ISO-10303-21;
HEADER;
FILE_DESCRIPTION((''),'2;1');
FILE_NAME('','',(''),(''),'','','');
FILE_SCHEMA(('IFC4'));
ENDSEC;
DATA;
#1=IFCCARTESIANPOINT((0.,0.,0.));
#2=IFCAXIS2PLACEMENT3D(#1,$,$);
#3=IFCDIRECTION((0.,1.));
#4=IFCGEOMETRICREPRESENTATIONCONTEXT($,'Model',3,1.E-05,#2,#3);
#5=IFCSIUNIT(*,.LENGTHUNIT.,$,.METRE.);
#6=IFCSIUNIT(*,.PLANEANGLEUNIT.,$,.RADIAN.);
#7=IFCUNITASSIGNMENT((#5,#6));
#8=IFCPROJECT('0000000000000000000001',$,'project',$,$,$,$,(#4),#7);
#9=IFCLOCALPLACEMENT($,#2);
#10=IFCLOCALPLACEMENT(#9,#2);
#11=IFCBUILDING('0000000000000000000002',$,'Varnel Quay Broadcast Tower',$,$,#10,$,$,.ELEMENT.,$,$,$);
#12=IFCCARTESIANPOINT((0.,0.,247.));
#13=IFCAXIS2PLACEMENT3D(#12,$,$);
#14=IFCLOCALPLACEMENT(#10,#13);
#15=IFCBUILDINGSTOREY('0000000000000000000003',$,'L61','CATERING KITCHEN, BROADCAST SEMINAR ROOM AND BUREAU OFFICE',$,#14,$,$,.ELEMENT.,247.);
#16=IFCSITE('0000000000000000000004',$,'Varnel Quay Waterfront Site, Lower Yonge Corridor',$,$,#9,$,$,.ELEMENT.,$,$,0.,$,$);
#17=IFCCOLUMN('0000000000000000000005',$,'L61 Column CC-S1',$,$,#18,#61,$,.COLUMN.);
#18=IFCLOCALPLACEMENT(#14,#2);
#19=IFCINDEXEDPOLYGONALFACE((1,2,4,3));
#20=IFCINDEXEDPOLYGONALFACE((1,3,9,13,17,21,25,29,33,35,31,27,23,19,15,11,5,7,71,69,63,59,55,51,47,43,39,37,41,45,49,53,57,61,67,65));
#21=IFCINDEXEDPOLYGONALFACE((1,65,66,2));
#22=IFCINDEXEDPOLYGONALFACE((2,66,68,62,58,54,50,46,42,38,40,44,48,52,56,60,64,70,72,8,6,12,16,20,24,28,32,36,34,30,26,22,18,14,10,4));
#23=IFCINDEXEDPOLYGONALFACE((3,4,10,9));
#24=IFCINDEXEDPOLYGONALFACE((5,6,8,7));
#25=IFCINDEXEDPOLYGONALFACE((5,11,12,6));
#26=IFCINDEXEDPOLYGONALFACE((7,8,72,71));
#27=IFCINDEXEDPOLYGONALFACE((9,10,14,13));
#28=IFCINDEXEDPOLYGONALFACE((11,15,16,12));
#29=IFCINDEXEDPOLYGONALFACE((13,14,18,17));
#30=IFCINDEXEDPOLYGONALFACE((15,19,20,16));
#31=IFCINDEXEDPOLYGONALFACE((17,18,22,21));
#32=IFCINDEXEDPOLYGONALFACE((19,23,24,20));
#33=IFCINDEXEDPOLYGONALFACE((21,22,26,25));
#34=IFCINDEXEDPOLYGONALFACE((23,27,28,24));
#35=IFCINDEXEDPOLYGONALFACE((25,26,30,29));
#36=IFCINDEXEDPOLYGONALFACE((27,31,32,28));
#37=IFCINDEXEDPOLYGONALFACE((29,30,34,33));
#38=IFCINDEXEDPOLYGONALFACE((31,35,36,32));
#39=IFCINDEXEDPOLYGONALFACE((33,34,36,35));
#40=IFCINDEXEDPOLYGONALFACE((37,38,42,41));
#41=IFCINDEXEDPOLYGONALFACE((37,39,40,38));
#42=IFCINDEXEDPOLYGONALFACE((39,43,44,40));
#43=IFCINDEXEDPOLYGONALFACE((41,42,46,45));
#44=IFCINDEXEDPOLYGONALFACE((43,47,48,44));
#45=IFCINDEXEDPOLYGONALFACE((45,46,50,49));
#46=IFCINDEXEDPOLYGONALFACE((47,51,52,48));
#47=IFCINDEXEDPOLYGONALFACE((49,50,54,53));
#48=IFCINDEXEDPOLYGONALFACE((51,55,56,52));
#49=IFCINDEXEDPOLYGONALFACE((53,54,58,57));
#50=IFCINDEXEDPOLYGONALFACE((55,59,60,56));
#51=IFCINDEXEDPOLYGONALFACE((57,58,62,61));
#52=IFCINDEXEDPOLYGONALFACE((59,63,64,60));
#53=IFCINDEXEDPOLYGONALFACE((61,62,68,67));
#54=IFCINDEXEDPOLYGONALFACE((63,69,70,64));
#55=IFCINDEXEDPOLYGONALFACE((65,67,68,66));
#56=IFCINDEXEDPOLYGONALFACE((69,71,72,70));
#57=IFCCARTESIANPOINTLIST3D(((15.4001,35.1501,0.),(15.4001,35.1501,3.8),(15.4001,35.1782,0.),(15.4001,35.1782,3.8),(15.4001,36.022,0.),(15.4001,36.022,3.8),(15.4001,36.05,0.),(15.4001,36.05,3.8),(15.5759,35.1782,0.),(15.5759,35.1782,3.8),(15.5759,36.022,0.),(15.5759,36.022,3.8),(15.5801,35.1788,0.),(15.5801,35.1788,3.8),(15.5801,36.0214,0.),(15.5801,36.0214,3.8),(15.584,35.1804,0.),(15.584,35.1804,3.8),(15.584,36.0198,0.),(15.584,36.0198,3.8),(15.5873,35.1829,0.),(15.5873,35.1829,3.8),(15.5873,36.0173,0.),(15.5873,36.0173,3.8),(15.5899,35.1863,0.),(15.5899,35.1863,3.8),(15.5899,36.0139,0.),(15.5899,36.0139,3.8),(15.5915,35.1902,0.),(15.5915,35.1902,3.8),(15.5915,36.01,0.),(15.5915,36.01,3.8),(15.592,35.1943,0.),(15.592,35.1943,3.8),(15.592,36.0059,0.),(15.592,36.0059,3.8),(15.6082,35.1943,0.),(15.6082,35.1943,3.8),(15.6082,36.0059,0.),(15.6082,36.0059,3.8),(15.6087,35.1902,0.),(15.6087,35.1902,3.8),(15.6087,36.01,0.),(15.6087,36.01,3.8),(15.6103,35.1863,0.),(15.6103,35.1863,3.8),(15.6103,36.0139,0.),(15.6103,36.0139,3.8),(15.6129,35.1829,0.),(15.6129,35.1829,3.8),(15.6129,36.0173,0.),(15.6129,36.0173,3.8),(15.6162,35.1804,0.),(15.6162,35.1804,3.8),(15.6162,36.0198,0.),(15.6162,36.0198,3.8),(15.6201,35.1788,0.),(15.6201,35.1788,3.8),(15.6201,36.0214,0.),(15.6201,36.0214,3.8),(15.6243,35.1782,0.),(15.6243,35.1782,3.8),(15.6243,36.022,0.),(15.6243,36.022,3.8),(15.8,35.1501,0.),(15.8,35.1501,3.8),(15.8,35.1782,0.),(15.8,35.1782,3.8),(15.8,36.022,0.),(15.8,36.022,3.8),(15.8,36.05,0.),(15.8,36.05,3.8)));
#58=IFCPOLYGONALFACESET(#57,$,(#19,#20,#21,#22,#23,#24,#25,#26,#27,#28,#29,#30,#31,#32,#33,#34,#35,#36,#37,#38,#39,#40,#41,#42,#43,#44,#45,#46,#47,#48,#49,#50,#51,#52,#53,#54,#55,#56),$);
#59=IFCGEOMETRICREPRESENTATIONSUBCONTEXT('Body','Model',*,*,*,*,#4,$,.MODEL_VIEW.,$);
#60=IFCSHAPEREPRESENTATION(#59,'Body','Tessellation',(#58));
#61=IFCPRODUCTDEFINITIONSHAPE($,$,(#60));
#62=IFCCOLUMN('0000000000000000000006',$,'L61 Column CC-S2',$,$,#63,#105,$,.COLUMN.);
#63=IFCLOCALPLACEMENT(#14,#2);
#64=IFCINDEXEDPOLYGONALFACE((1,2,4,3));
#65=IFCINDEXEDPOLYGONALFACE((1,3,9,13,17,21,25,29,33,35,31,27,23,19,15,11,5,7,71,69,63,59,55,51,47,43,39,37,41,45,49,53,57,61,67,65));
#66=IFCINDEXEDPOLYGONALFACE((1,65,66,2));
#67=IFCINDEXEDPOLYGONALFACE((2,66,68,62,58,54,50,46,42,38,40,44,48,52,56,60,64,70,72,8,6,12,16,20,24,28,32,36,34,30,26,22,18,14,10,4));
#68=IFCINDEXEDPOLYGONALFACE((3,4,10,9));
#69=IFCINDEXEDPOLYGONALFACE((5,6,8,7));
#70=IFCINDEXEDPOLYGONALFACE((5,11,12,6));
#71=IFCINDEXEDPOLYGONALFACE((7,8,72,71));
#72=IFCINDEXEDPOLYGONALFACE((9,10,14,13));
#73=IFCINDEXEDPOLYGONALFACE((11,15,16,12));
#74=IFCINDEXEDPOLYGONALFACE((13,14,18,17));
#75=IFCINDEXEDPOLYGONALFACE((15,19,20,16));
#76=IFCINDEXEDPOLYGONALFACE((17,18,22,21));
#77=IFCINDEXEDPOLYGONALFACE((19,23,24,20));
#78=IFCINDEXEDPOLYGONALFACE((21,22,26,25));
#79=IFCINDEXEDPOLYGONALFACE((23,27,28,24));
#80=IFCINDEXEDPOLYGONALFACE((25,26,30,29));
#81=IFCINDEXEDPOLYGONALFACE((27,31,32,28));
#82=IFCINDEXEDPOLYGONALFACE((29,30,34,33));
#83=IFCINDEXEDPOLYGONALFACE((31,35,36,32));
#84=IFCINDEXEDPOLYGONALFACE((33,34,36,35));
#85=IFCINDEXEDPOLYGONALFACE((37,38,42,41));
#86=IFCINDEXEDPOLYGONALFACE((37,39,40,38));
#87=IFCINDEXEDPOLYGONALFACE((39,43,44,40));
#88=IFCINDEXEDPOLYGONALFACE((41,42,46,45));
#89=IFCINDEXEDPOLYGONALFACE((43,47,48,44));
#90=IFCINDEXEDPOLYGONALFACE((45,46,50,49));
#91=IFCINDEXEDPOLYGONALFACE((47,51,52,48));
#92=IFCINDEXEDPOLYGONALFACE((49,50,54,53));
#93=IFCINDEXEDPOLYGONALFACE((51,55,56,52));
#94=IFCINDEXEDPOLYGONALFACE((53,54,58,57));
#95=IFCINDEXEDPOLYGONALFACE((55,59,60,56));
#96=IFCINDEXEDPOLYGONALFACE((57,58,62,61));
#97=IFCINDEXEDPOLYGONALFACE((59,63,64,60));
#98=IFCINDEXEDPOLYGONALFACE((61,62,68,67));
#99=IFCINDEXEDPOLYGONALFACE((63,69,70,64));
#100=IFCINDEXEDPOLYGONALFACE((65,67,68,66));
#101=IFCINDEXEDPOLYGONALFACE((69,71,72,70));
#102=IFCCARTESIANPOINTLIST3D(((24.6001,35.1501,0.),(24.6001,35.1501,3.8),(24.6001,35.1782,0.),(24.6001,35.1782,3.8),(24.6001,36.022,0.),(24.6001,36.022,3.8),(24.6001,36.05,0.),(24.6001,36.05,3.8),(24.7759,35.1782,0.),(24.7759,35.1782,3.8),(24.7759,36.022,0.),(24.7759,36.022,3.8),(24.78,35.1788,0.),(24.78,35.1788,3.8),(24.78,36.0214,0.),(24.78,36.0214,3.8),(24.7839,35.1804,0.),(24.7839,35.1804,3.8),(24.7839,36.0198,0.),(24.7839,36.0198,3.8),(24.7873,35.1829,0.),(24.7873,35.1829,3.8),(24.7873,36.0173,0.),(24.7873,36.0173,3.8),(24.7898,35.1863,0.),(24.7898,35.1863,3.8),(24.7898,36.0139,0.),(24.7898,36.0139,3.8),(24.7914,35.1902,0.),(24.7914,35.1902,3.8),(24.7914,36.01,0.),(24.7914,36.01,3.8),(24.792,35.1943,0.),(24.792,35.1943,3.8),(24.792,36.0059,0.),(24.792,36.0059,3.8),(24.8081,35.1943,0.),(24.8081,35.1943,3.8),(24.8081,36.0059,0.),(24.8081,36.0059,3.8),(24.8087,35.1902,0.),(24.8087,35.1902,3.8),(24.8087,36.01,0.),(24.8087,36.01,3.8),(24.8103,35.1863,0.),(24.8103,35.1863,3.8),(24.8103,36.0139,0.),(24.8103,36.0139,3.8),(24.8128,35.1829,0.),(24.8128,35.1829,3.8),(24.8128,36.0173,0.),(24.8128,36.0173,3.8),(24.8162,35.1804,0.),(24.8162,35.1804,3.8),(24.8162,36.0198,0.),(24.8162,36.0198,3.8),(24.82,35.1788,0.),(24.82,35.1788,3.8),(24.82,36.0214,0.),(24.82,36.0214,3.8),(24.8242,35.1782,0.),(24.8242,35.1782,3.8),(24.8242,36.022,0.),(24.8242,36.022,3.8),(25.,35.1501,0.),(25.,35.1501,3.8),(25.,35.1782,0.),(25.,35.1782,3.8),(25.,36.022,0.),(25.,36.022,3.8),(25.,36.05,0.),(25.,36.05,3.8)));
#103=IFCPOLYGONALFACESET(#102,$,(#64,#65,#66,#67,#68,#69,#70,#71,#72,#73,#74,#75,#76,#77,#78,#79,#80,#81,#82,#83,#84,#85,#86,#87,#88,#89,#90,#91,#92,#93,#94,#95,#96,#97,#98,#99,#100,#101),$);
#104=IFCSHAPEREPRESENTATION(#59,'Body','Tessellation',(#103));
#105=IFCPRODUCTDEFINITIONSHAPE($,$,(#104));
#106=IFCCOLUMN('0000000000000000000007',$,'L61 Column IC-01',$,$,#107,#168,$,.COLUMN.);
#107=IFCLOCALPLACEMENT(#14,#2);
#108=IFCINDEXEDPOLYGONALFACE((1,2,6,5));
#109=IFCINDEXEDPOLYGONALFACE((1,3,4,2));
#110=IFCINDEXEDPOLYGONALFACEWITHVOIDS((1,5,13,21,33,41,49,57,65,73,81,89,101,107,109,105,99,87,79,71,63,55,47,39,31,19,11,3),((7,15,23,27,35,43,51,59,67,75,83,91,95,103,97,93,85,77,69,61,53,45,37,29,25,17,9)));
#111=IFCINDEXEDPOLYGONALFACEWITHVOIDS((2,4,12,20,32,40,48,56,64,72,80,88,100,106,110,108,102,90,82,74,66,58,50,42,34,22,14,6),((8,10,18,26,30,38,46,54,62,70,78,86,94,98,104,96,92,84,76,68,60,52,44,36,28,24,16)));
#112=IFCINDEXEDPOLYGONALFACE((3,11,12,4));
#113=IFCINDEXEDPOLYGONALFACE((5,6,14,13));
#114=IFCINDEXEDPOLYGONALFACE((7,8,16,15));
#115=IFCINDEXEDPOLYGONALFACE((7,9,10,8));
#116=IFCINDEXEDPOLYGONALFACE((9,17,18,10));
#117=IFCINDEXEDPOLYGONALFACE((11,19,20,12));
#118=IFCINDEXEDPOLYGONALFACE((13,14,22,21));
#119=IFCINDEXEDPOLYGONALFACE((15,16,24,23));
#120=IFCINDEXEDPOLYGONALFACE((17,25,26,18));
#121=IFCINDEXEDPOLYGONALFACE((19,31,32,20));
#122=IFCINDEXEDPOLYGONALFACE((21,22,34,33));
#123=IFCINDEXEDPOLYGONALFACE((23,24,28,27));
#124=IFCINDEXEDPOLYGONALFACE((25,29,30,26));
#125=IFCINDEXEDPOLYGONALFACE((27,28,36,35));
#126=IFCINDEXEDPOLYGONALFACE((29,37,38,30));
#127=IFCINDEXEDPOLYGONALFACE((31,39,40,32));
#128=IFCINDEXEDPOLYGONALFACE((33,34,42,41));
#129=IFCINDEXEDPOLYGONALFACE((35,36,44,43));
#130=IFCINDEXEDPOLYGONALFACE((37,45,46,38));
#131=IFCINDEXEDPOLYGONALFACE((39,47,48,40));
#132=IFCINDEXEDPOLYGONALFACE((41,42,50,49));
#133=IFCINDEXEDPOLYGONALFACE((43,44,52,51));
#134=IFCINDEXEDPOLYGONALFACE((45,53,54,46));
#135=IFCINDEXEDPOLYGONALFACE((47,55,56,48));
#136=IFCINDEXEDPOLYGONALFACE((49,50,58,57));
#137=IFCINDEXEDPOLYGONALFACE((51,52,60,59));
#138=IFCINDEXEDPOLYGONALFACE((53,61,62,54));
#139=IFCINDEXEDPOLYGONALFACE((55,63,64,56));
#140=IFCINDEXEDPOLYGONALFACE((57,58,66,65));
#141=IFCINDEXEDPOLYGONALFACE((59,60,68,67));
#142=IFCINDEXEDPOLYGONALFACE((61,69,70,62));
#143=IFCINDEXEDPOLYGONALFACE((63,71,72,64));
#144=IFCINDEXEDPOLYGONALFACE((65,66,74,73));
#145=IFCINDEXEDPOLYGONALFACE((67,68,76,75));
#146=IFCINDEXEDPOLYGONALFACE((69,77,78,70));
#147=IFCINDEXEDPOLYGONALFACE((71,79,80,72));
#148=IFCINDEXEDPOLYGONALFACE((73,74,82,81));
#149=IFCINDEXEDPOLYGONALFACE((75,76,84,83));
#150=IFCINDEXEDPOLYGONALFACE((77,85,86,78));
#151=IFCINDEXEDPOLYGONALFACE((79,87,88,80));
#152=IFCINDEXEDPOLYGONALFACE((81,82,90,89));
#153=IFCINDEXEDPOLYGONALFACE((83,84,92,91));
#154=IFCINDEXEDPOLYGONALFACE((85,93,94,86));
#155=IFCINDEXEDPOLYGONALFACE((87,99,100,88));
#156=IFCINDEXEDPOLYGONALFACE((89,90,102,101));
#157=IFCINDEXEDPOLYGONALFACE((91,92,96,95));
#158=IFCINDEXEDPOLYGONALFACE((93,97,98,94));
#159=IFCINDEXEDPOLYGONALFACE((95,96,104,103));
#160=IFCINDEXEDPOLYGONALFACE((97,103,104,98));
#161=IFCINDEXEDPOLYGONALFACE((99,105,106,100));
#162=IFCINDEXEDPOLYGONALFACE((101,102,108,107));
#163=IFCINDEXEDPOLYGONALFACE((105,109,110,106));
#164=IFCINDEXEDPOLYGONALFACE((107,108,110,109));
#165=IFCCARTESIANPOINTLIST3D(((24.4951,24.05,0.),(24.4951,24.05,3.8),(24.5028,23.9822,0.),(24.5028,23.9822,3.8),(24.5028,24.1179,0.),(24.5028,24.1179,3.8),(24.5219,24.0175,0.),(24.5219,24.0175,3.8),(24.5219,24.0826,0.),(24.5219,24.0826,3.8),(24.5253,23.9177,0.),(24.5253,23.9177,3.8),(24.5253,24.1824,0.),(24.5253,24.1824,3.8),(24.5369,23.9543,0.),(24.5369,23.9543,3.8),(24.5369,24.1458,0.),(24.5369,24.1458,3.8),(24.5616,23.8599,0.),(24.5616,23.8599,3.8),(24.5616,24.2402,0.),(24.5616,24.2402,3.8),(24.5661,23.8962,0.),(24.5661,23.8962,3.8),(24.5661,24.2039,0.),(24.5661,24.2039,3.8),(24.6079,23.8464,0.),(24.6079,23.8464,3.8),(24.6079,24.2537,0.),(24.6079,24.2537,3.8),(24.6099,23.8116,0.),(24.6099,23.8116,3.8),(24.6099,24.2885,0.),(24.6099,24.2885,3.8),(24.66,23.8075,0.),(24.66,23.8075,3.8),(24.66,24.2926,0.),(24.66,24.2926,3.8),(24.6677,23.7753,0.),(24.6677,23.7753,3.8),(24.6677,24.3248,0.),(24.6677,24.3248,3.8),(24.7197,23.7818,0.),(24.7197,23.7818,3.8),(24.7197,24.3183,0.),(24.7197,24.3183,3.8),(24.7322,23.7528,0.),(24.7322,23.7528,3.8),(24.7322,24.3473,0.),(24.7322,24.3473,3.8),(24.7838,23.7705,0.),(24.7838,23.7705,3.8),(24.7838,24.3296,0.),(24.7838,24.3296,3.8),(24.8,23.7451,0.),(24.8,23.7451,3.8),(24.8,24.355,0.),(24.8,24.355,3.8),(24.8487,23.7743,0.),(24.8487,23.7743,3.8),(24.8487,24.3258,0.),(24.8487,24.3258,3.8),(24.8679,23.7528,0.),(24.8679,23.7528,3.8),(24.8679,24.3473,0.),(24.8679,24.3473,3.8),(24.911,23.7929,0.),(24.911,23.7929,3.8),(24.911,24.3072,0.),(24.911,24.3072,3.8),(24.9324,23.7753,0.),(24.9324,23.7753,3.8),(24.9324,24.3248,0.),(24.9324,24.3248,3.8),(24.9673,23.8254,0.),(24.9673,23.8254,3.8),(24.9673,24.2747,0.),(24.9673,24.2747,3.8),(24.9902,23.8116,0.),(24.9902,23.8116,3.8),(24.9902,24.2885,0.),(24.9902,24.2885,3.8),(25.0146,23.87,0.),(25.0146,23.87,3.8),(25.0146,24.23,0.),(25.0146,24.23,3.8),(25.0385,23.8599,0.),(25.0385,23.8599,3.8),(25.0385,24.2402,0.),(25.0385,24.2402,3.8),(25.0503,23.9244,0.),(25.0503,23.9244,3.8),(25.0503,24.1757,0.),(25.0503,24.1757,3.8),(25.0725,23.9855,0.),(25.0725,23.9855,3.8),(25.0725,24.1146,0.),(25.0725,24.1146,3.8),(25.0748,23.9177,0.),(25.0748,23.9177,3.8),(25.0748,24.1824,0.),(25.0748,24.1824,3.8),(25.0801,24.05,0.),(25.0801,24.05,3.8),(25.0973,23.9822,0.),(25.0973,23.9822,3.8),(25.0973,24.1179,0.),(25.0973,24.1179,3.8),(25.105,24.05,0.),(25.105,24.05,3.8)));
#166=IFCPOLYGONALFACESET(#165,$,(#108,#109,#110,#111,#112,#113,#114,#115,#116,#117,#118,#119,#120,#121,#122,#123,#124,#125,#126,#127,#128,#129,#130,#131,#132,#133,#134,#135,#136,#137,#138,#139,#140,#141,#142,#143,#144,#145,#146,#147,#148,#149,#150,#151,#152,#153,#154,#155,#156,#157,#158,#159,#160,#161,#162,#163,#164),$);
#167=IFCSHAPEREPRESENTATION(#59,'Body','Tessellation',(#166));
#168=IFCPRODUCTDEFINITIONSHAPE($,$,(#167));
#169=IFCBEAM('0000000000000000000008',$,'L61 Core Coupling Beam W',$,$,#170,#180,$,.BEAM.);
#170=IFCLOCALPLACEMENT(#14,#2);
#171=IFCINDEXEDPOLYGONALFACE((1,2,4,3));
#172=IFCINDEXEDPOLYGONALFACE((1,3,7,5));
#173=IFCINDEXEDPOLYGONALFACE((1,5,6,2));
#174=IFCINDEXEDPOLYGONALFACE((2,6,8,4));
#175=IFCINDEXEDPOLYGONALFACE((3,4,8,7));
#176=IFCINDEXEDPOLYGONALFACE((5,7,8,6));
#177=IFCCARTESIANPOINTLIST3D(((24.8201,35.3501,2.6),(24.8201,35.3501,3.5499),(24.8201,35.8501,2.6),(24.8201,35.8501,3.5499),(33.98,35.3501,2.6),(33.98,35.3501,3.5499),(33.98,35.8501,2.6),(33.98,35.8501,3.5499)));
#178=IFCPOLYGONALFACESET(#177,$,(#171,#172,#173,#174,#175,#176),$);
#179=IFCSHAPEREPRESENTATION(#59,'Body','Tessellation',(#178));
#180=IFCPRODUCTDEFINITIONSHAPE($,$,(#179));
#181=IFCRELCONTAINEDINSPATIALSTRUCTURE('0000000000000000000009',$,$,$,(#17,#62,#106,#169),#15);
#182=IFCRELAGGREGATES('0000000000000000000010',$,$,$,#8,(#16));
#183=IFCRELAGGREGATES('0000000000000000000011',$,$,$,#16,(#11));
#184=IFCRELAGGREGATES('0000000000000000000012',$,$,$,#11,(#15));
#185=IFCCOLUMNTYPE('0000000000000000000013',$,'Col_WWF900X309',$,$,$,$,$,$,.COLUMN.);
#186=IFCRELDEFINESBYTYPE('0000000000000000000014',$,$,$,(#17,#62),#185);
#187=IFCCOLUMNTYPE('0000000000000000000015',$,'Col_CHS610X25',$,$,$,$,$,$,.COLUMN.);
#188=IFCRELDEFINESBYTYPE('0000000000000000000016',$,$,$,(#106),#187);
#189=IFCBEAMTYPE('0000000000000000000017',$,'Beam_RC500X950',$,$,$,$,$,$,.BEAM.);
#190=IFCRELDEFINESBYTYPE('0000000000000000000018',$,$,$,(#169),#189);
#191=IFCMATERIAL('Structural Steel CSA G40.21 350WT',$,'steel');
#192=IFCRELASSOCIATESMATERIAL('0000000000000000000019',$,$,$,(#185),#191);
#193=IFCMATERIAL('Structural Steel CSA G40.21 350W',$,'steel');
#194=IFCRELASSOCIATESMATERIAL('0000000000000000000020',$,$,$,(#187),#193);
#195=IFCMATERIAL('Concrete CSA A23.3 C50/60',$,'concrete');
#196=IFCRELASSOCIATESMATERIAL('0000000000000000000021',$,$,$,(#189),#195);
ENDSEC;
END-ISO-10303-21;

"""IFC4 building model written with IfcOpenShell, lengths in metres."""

from ifc_helpers import new_model, si_unit, direction, frame, origin, origin_2d, place, context, subcontext, project, spatial, rectangle, hollow_circle, i_section, extrude, source, transform, mapped, material, material_profile, profile_set, type_object, type_shapes, element, save


model = new_model("IFC4")

# Units and contexts
model_context = context("Model", 3, precision=1e-05, world=origin(), true_north=direction((0.0, 1.0)))
body_context = subcontext(model_context, "Body", "Model", "MODEL_VIEW")
ifc_project = project(units=[si_unit("LENGTHUNIT", "METRE"), si_unit("PLANEANGLEUNIT", "RADIAN")], contexts=[model_context])

# Site, building, storey
site_placement = place(None, origin())
site = spatial("IfcSite", under=ifc_project, at=site_placement, Name="Varnel Quay Waterfront Site, Lower Yonge Corridor", CompositionType="ELEMENT", RefElevation=0.0)
building_placement = place(site_placement, origin())
building = spatial("IfcBuilding", under=site, at=building_placement, Name="Varnel Quay Broadcast Tower", CompositionType="ELEMENT")
storey_placement = place(building_placement, frame((0.0, 0.0, 247.0)))
storey = spatial("IfcBuildingStorey", under=building, at=storey_placement, Name="L61", Description="CATERING KITCHEN, BROADCAST SEMINAR ROOM AND BUREAU OFFICE", CompositionType="ELEMENT", Elevation=247.0)

# Columns
ifc_material_1 = material(Name="Structural Steel CSA G40.21 350WT", Category="steel")
ifc_material_profile_1 = material_profile(ifc_material_1, i_section(OverallWidth=0.3999, OverallDepth=0.8999, WebThickness=0.0161, FlangeThickness=0.0281, FilletRadius=0.0161, at=origin_2d()), Name="WWF900X309")
ifc_profile_set_1 = profile_set([ifc_material_profile_1], Name="Structural Steel CSA G40.21 350WT")
column_type_1 = type_object("IfcColumnType", Name="Col_WWF900X309", PredefinedType="COLUMN", material=ifc_profile_set_1)
shared_shape_1 = source(origin(), body_context, "Body", "SweptSolid", [
    extrude(i_section(OverallWidth=0.3999, OverallDepth=0.8999, WebThickness=0.0161, FlangeThickness=0.0281, FilletRadius=0.0161, at=origin_2d()), origin(), (0.0, 0.0, 1.0), 3.8),
])
type_shapes(column_type_1, [shared_shape_1])
for number, where, z_axis, x_axis, name in (
    (1, (15.6001, 35.6001, 0.0), (0.0, 0.0, 1.0), (1.0, 0.0, 0.0), "L61 Column CC-S1"),
    (2, (24.8, 35.6001, 0.0), (0.0, 0.0, 1.0), (1.0, 0.0, 0.0), "L61 Column CC-S2"),
):
    element("IfcColumn", number, at=place(storey_placement, frame(where, z_axis=z_axis, x_axis=x_axis)), inside=storey, type_object=column_type_1, Name=name, PredefinedType="COLUMN", context=body_context, shape_type="MappedRepresentation", body=[
        mapped(shared_shape_1, transform((0.0, 0.0, 0.0), x_axis=(1.0, 0.0, 0.0), y_axis=(0.0, 1.0, 0.0), z_axis=(0.0, 0.0, 1.0), scale=1.0)),
    ])
ifc_material_2 = material(Name="Structural Steel CSA G40.21 350W", Category="steel")
ifc_material_profile_2 = material_profile(ifc_material_2, hollow_circle(Radius=0.3049, WallThickness=0.0249, at=origin_2d()), Name="CHS610X25")
ifc_profile_set_2 = profile_set([ifc_material_profile_2], Name="Structural Steel CSA G40.21 350W")
column_type_2 = type_object("IfcColumnType", Name="Col_CHS610X25", PredefinedType="COLUMN", material=ifc_profile_set_2)
shared_shape_2 = source(origin(), body_context, "Body", "SweptSolid", [
    extrude(hollow_circle(Radius=0.3049, WallThickness=0.0249, at=origin_2d()), origin(), (0.0, 0.0, 1.0), 3.8),
])
type_shapes(column_type_2, [shared_shape_2])
column_placement = place(storey_placement, frame((24.8, 24.05, 0.0), z_axis=(0.0, 0.0, 1.0), x_axis=(1.0, 0.0, 0.0)))
element("IfcColumn", 3, at=column_placement, inside=storey, type_object=column_type_2, Name="L61 Column IC-01", PredefinedType="COLUMN", context=body_context, shape_type="MappedRepresentation", body=[
    mapped(shared_shape_2, transform((0.0, 0.0, 0.0), x_axis=(1.0, 0.0, 0.0), y_axis=(0.0, 1.0, 0.0), z_axis=(0.0, 0.0, 1.0), scale=1.0)),
])

# Beam
ifc_material_3 = material(Name="Concrete CSA A23.3 C50/60", Category="concrete")
ifc_material_profile_3 = material_profile(ifc_material_3, rectangle(XDim=0.5, YDim=0.95, at=origin_2d()), Name="RC500X950")
ifc_profile_set_3 = profile_set([ifc_material_profile_3], Name="Concrete CSA A23.3 C50/60")
beam_type_1 = type_object("IfcBeamType", Name="Beam_RC500X950", PredefinedType="BEAM", material=ifc_profile_set_3)
shared_shape_3 = source(origin(), body_context, "Body", "SweptSolid", [
    extrude(rectangle(XDim=0.5, YDim=0.95, at=origin_2d()), origin(), (0.0, 0.0, 1.0), 9.1599),
])
type_shapes(beam_type_1, [shared_shape_3])
beam_1_placement = place(storey_placement, frame((24.8201, 35.6001, 3.075), z_axis=(1.0, 0.0, 0.0), x_axis=(0.0, 1.0, 0.0)))
element("IfcBeam", 4, at=beam_1_placement, inside=storey, type_object=beam_type_1, Name="L61 Core Coupling Beam W", PredefinedType="BEAM", context=body_context, shape_type="MappedRepresentation", body=[
    mapped(shared_shape_3, transform((0.0, 0.0, 0.0), x_axis=(1.0, 0.0, 0.0), y_axis=(0.0, 1.0, 0.0), z_axis=(0.0, 0.0, 1.0), scale=1.0)),
])

save(model, "model.ifc")
